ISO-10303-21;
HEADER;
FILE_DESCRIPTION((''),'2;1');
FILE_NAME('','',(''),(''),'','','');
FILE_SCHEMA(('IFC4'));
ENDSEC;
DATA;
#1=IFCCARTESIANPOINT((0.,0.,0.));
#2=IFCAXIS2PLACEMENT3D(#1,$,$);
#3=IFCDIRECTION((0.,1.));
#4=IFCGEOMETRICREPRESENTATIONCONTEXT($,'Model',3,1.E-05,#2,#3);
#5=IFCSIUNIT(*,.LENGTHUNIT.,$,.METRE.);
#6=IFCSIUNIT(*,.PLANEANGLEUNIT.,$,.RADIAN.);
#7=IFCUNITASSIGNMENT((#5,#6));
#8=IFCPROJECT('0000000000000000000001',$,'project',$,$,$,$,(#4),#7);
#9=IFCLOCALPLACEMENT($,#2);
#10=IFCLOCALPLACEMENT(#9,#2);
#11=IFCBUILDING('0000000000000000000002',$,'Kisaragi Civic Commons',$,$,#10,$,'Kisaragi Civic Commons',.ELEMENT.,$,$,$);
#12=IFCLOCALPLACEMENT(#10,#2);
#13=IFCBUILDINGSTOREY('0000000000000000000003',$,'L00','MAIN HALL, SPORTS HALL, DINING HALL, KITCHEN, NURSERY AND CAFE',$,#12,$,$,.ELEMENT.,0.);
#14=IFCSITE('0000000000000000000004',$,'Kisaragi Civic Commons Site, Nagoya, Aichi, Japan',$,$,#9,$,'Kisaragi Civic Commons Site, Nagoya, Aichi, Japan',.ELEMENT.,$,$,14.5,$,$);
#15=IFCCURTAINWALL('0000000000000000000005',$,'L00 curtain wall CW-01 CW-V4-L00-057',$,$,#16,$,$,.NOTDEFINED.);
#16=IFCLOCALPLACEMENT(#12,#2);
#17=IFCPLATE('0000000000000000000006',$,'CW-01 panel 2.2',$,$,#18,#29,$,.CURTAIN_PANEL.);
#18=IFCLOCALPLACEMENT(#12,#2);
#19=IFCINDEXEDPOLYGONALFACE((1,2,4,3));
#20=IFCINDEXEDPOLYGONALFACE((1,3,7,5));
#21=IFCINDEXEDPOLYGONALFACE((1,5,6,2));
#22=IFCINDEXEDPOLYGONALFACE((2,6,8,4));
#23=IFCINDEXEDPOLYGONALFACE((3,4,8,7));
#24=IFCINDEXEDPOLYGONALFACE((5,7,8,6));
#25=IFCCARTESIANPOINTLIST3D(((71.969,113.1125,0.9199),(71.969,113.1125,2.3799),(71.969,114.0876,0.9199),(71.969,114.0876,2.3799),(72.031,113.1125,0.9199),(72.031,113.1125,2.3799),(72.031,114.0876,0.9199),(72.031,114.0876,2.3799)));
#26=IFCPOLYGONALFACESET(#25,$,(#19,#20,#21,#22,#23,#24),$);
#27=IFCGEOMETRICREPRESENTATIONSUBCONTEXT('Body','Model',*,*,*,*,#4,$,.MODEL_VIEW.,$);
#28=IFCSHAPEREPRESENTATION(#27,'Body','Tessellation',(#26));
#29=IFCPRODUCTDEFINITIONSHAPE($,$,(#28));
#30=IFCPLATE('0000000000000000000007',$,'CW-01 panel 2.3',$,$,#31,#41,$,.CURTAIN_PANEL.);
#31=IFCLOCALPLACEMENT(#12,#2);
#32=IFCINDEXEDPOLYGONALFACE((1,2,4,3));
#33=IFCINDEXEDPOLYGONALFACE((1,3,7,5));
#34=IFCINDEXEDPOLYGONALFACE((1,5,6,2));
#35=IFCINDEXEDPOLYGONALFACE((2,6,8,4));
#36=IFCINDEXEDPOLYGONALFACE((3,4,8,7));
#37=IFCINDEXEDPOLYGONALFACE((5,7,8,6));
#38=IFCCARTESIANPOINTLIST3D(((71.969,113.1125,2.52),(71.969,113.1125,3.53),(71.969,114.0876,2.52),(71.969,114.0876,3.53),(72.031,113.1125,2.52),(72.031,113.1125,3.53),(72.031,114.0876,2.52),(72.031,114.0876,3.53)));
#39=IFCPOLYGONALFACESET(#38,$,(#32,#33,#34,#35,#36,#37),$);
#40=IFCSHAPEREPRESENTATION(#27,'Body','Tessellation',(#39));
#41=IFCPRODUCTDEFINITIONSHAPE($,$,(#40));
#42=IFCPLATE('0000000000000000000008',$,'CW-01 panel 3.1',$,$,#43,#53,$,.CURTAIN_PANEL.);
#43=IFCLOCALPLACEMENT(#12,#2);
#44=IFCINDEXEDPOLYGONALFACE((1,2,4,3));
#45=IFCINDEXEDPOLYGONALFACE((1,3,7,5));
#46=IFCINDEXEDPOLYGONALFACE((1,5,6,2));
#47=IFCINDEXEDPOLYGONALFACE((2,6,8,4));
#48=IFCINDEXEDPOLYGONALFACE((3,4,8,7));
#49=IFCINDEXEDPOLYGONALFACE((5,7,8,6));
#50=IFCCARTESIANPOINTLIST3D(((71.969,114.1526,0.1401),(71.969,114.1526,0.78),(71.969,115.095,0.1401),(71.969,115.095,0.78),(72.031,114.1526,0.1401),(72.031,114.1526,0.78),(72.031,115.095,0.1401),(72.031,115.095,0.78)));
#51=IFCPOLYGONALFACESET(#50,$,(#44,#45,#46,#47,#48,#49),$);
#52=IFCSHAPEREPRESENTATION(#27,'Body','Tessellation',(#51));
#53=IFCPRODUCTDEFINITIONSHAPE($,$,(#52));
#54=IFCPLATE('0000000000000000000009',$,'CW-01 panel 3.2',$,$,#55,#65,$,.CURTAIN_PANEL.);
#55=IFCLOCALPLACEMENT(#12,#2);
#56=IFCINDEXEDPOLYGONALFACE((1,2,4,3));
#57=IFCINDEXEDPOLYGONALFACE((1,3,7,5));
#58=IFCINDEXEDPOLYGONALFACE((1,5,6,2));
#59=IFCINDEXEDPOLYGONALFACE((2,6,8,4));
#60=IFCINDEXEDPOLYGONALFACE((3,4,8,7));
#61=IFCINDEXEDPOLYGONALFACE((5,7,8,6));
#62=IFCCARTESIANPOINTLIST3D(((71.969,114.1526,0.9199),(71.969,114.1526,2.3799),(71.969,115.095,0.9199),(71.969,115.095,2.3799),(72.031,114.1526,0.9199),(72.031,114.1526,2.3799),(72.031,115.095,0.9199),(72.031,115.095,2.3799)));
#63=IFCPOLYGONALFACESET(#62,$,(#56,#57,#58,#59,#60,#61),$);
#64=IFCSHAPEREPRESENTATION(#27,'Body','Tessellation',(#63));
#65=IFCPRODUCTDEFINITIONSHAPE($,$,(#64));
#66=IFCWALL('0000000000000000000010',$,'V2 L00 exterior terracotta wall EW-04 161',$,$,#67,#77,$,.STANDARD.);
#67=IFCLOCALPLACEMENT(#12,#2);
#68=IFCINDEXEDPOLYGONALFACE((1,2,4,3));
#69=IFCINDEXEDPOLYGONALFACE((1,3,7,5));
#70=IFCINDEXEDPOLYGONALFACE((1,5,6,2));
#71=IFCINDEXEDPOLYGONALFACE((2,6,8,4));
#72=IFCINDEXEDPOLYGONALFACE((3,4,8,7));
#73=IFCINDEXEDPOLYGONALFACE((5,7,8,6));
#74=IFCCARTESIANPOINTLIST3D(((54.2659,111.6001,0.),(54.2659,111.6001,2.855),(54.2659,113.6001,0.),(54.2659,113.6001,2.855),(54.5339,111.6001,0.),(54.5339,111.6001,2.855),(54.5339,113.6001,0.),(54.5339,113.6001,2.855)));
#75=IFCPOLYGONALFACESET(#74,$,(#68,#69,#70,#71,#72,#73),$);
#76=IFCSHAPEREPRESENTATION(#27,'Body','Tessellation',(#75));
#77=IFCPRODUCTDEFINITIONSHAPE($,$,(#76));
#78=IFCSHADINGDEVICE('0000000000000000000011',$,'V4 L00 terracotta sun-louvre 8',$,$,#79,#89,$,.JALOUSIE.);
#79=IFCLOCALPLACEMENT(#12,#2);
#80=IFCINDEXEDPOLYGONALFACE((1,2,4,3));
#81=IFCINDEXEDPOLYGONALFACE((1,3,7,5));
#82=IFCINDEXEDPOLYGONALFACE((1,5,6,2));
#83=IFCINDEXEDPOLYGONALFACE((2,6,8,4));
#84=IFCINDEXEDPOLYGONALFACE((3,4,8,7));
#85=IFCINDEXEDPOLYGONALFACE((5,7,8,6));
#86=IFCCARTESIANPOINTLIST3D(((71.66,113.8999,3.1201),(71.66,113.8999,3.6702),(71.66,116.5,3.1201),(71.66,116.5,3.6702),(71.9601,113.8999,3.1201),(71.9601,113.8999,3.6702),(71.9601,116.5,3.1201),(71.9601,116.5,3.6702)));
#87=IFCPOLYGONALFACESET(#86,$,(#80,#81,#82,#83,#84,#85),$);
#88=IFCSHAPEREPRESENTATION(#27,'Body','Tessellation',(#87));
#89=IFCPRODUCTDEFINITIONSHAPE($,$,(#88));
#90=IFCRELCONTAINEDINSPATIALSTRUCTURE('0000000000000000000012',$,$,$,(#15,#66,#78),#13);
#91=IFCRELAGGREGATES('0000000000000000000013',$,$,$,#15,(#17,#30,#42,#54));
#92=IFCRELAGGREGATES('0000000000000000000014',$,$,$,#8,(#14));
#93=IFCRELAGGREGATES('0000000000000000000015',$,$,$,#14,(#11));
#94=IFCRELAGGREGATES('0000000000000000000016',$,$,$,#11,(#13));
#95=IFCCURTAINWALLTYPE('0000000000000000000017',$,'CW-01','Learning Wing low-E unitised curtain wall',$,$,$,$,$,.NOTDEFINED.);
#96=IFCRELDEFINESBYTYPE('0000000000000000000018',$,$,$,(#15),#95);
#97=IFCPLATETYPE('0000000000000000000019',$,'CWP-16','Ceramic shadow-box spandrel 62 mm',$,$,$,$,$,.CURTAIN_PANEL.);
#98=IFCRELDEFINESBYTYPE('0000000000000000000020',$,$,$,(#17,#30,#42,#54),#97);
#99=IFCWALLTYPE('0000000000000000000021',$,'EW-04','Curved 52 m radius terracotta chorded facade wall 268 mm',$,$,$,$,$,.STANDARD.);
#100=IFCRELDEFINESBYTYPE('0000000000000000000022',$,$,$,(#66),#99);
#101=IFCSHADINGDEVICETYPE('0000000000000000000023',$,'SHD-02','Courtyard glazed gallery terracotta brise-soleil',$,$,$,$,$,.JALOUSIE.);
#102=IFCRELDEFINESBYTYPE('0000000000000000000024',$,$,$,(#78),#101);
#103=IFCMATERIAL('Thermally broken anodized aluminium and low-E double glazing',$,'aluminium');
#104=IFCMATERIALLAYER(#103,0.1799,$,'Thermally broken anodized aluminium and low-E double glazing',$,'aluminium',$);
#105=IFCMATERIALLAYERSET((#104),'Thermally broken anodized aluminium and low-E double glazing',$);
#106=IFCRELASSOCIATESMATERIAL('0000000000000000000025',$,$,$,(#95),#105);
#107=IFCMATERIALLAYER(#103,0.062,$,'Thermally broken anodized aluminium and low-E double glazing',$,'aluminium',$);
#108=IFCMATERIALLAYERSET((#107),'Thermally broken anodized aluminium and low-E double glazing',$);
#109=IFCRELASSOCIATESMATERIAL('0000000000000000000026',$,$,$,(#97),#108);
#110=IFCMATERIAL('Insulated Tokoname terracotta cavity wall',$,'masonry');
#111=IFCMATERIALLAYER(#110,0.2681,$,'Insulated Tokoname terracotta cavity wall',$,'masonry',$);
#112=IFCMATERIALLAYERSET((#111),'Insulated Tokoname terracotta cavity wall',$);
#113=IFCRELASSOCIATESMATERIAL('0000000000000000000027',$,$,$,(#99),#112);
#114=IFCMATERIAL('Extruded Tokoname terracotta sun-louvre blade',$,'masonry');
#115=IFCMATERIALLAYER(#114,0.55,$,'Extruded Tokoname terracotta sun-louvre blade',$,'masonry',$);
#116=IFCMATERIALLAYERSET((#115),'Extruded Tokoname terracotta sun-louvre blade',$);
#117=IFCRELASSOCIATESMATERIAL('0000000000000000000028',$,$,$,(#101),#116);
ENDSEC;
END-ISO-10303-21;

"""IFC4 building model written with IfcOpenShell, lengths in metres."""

from ifc_helpers import new_model, si_unit, direction, frame, frame_2d, origin, origin_2d, place, context, subcontext, project, spatial, rectangle, extrude, material, layer, layer_set, type_object, element, aggregate, save


model = new_model("IFC4")

# Units and contexts
model_context = context("Model", 3, precision=1e-05, world=origin(), true_north=direction((0.0, 1.0)))
body_context = subcontext(model_context, "Body", "Model", "MODEL_VIEW")
ifc_project = project(units=[si_unit("LENGTHUNIT", "METRE"), si_unit("PLANEANGLEUNIT", "RADIAN")], contexts=[model_context])

# Site, building, storey
site_placement = place(None, origin())
site = spatial("IfcSite", under=ifc_project, at=site_placement, Name="Kisaragi Civic Commons Site, Nagoya, Aichi, Japan", LongName="Kisaragi Civic Commons Site, Nagoya, Aichi, Japan", CompositionType="ELEMENT", RefElevation=14.5)
building_placement = place(site_placement, origin())
building = spatial("IfcBuilding", under=site, at=building_placement, Name="Kisaragi Civic Commons", LongName="Kisaragi Civic Commons", CompositionType="ELEMENT")
storey_placement = place(building_placement, origin())
storey = spatial("IfcBuildingStorey", under=building, at=storey_placement, Name="L00", Description="MAIN HALL, SPORTS HALL, DINING HALL, KITCHEN, NURSERY AND CAFE", CompositionType="ELEMENT", Elevation=0.0)

# Curtain wall
ifc_material_1 = material(Name="Thermally broken anodized aluminium and low-E double glazing", Category="aluminium")
ifc_layer_1 = layer(ifc_material_1, 0.1799, Name="Thermally broken anodized aluminium and low-E double glazing", Category="aluminium")
ifc_layer_set_1 = layer_set([ifc_layer_1], Name="Thermally broken anodized aluminium and low-E double glazing")
curtain_wall_type = type_object("IfcCurtainWallType", Name="CW-01", Description="Learning Wing low-E unitised curtain wall", PredefinedType="NOTDEFINED", material=ifc_layer_set_1)
curtain_wall_placement = place(storey_placement, origin())
curtain_wall = element("IfcCurtainWall", 1, at=curtain_wall_placement, inside=storey, type_object=curtain_wall_type, Name="L00 curtain wall CW-01 CW-V4-L00-057", PredefinedType="NOTDEFINED")

# Plates
ifc_layer_2 = layer(ifc_material_1, 0.062, Name="Thermally broken anodized aluminium and low-E double glazing", Category="aluminium")
ifc_layer_set_2 = layer_set([ifc_layer_2], Name="Thermally broken anodized aluminium and low-E double glazing")
plate_type = type_object("IfcPlateType", Name="CWP-16", Description="Ceramic shadow-box spandrel 62 mm", PredefinedType="CURTAIN_PANEL", material=ifc_layer_set_2)
plate_1_placement = place(storey_placement, frame((72.0, 113.6001, 0.9199), z_axis=(0.0, 0.0, 1.0), x_axis=(0.0, 1.0, 0.0)))
plate_1 = element("IfcPlate", 2, at=plate_1_placement, type_object=plate_type, Name="CW-01 panel 2.2", PredefinedType="CURTAIN_PANEL", context=body_context, shape_type="SweptSolid", body=[
    extrude(rectangle(XDim=0.9751, YDim=0.062, at=origin_2d()), origin(), (0.0, 0.0, 1.0), 1.46),
])
plate_2_placement = place(storey_placement, frame((72.0, 113.6001, 2.52), z_axis=(0.0, 0.0, 1.0), x_axis=(0.0, 1.0, 0.0)))
plate_2 = element("IfcPlate", 3, at=plate_2_placement, type_object=plate_type, Name="CW-01 panel 2.3", PredefinedType="CURTAIN_PANEL", context=body_context, shape_type="SweptSolid", body=[
    extrude(rectangle(XDim=0.9751, YDim=0.062, at=origin_2d()), origin(), (0.0, 0.0, 1.0), 1.01),
])
plate_3_placement = place(storey_placement, frame((72.0, 114.6238, 0.1401), z_axis=(0.0, 0.0, 1.0), x_axis=(0.0, 1.0, 0.0)))
plate_3 = element("IfcPlate", 4, at=plate_3_placement, type_object=plate_type, Name="CW-01 panel 3.1", PredefinedType="CURTAIN_PANEL", context=body_context, shape_type="SweptSolid", body=[
    extrude(rectangle(XDim=0.9424, YDim=0.062, at=origin_2d()), origin(), (0.0, 0.0, 1.0), 0.6399),
])
plate_4_placement = place(storey_placement, frame((72.0, 114.6238, 0.9199), z_axis=(0.0, 0.0, 1.0), x_axis=(0.0, 1.0, 0.0)))
plate_4 = element("IfcPlate", 5, at=plate_4_placement, type_object=plate_type, Name="CW-01 panel 3.2", PredefinedType="CURTAIN_PANEL", context=body_context, shape_type="SweptSolid", body=[
    extrude(rectangle(XDim=0.9424, YDim=0.062, at=origin_2d()), origin(), (0.0, 0.0, 1.0), 1.46),
])
aggregate(curtain_wall, [plate_1, plate_2, plate_3, plate_4])

# Wall
ifc_material_2 = material(Name="Insulated Tokoname terracotta cavity wall", Category="masonry")
ifc_layer_3 = layer(ifc_material_2, 0.2681, Name="Insulated Tokoname terracotta cavity wall", Category="masonry")
ifc_layer_set_3 = layer_set([ifc_layer_3], Name="Insulated Tokoname terracotta cavity wall")
wall_type = type_object("IfcWallType", Name="EW-04", Description="Curved 52 m radius terracotta chorded facade wall 268 mm", PredefinedType="STANDARD", material=ifc_layer_set_3)
wall_placement = place(storey_placement, frame((54.3999, 113.6001, 0.0), z_axis=(0.0, 0.0, 1.0), x_axis=(0.0, -1.0, 0.0)))
element("IfcWall", 6, at=wall_placement, inside=storey, type_object=wall_type, Name="V2 L00 exterior terracotta wall EW-04 161", PredefinedType="STANDARD", context=body_context, shape_type="SweptSolid", body=[
    extrude(rectangle(XDim=2.0, YDim=0.2681, at=frame_2d((1.0, 0.0))), origin(), (0.0, 0.0, 1.0), 2.855),
])

# Shading device
ifc_material_3 = material(Name="Extruded Tokoname terracotta sun-louvre blade", Category="masonry")
ifc_layer_4 = layer(ifc_material_3, 0.55, Name="Extruded Tokoname terracotta sun-louvre blade", Category="masonry")
ifc_layer_set_4 = layer_set([ifc_layer_4], Name="Extruded Tokoname terracotta sun-louvre blade")
shading_device_type = type_object("IfcShadingDeviceType", Name="SHD-02", Description="Courtyard glazed gallery terracotta brise-soleil", PredefinedType="JALOUSIE", material=ifc_layer_set_4)
shading_device_placement = place(storey_placement, frame((71.8101, 115.2, 3.1201), z_axis=(0.0, 0.0, 1.0), x_axis=(0.0, 1.0, 0.0)))
element("IfcShadingDevice", 7, at=shading_device_placement, inside=storey, type_object=shading_device_type, Name="V4 L00 terracotta sun-louvre 8", PredefinedType="JALOUSIE", context=body_context, shape_type="SweptSolid", body=[
    extrude(rectangle(XDim=2.6001, YDim=0.3, at=origin_2d()), origin(), (0.0, 0.0, 1.0), 0.55),
])

save(model, "model.ifc")
